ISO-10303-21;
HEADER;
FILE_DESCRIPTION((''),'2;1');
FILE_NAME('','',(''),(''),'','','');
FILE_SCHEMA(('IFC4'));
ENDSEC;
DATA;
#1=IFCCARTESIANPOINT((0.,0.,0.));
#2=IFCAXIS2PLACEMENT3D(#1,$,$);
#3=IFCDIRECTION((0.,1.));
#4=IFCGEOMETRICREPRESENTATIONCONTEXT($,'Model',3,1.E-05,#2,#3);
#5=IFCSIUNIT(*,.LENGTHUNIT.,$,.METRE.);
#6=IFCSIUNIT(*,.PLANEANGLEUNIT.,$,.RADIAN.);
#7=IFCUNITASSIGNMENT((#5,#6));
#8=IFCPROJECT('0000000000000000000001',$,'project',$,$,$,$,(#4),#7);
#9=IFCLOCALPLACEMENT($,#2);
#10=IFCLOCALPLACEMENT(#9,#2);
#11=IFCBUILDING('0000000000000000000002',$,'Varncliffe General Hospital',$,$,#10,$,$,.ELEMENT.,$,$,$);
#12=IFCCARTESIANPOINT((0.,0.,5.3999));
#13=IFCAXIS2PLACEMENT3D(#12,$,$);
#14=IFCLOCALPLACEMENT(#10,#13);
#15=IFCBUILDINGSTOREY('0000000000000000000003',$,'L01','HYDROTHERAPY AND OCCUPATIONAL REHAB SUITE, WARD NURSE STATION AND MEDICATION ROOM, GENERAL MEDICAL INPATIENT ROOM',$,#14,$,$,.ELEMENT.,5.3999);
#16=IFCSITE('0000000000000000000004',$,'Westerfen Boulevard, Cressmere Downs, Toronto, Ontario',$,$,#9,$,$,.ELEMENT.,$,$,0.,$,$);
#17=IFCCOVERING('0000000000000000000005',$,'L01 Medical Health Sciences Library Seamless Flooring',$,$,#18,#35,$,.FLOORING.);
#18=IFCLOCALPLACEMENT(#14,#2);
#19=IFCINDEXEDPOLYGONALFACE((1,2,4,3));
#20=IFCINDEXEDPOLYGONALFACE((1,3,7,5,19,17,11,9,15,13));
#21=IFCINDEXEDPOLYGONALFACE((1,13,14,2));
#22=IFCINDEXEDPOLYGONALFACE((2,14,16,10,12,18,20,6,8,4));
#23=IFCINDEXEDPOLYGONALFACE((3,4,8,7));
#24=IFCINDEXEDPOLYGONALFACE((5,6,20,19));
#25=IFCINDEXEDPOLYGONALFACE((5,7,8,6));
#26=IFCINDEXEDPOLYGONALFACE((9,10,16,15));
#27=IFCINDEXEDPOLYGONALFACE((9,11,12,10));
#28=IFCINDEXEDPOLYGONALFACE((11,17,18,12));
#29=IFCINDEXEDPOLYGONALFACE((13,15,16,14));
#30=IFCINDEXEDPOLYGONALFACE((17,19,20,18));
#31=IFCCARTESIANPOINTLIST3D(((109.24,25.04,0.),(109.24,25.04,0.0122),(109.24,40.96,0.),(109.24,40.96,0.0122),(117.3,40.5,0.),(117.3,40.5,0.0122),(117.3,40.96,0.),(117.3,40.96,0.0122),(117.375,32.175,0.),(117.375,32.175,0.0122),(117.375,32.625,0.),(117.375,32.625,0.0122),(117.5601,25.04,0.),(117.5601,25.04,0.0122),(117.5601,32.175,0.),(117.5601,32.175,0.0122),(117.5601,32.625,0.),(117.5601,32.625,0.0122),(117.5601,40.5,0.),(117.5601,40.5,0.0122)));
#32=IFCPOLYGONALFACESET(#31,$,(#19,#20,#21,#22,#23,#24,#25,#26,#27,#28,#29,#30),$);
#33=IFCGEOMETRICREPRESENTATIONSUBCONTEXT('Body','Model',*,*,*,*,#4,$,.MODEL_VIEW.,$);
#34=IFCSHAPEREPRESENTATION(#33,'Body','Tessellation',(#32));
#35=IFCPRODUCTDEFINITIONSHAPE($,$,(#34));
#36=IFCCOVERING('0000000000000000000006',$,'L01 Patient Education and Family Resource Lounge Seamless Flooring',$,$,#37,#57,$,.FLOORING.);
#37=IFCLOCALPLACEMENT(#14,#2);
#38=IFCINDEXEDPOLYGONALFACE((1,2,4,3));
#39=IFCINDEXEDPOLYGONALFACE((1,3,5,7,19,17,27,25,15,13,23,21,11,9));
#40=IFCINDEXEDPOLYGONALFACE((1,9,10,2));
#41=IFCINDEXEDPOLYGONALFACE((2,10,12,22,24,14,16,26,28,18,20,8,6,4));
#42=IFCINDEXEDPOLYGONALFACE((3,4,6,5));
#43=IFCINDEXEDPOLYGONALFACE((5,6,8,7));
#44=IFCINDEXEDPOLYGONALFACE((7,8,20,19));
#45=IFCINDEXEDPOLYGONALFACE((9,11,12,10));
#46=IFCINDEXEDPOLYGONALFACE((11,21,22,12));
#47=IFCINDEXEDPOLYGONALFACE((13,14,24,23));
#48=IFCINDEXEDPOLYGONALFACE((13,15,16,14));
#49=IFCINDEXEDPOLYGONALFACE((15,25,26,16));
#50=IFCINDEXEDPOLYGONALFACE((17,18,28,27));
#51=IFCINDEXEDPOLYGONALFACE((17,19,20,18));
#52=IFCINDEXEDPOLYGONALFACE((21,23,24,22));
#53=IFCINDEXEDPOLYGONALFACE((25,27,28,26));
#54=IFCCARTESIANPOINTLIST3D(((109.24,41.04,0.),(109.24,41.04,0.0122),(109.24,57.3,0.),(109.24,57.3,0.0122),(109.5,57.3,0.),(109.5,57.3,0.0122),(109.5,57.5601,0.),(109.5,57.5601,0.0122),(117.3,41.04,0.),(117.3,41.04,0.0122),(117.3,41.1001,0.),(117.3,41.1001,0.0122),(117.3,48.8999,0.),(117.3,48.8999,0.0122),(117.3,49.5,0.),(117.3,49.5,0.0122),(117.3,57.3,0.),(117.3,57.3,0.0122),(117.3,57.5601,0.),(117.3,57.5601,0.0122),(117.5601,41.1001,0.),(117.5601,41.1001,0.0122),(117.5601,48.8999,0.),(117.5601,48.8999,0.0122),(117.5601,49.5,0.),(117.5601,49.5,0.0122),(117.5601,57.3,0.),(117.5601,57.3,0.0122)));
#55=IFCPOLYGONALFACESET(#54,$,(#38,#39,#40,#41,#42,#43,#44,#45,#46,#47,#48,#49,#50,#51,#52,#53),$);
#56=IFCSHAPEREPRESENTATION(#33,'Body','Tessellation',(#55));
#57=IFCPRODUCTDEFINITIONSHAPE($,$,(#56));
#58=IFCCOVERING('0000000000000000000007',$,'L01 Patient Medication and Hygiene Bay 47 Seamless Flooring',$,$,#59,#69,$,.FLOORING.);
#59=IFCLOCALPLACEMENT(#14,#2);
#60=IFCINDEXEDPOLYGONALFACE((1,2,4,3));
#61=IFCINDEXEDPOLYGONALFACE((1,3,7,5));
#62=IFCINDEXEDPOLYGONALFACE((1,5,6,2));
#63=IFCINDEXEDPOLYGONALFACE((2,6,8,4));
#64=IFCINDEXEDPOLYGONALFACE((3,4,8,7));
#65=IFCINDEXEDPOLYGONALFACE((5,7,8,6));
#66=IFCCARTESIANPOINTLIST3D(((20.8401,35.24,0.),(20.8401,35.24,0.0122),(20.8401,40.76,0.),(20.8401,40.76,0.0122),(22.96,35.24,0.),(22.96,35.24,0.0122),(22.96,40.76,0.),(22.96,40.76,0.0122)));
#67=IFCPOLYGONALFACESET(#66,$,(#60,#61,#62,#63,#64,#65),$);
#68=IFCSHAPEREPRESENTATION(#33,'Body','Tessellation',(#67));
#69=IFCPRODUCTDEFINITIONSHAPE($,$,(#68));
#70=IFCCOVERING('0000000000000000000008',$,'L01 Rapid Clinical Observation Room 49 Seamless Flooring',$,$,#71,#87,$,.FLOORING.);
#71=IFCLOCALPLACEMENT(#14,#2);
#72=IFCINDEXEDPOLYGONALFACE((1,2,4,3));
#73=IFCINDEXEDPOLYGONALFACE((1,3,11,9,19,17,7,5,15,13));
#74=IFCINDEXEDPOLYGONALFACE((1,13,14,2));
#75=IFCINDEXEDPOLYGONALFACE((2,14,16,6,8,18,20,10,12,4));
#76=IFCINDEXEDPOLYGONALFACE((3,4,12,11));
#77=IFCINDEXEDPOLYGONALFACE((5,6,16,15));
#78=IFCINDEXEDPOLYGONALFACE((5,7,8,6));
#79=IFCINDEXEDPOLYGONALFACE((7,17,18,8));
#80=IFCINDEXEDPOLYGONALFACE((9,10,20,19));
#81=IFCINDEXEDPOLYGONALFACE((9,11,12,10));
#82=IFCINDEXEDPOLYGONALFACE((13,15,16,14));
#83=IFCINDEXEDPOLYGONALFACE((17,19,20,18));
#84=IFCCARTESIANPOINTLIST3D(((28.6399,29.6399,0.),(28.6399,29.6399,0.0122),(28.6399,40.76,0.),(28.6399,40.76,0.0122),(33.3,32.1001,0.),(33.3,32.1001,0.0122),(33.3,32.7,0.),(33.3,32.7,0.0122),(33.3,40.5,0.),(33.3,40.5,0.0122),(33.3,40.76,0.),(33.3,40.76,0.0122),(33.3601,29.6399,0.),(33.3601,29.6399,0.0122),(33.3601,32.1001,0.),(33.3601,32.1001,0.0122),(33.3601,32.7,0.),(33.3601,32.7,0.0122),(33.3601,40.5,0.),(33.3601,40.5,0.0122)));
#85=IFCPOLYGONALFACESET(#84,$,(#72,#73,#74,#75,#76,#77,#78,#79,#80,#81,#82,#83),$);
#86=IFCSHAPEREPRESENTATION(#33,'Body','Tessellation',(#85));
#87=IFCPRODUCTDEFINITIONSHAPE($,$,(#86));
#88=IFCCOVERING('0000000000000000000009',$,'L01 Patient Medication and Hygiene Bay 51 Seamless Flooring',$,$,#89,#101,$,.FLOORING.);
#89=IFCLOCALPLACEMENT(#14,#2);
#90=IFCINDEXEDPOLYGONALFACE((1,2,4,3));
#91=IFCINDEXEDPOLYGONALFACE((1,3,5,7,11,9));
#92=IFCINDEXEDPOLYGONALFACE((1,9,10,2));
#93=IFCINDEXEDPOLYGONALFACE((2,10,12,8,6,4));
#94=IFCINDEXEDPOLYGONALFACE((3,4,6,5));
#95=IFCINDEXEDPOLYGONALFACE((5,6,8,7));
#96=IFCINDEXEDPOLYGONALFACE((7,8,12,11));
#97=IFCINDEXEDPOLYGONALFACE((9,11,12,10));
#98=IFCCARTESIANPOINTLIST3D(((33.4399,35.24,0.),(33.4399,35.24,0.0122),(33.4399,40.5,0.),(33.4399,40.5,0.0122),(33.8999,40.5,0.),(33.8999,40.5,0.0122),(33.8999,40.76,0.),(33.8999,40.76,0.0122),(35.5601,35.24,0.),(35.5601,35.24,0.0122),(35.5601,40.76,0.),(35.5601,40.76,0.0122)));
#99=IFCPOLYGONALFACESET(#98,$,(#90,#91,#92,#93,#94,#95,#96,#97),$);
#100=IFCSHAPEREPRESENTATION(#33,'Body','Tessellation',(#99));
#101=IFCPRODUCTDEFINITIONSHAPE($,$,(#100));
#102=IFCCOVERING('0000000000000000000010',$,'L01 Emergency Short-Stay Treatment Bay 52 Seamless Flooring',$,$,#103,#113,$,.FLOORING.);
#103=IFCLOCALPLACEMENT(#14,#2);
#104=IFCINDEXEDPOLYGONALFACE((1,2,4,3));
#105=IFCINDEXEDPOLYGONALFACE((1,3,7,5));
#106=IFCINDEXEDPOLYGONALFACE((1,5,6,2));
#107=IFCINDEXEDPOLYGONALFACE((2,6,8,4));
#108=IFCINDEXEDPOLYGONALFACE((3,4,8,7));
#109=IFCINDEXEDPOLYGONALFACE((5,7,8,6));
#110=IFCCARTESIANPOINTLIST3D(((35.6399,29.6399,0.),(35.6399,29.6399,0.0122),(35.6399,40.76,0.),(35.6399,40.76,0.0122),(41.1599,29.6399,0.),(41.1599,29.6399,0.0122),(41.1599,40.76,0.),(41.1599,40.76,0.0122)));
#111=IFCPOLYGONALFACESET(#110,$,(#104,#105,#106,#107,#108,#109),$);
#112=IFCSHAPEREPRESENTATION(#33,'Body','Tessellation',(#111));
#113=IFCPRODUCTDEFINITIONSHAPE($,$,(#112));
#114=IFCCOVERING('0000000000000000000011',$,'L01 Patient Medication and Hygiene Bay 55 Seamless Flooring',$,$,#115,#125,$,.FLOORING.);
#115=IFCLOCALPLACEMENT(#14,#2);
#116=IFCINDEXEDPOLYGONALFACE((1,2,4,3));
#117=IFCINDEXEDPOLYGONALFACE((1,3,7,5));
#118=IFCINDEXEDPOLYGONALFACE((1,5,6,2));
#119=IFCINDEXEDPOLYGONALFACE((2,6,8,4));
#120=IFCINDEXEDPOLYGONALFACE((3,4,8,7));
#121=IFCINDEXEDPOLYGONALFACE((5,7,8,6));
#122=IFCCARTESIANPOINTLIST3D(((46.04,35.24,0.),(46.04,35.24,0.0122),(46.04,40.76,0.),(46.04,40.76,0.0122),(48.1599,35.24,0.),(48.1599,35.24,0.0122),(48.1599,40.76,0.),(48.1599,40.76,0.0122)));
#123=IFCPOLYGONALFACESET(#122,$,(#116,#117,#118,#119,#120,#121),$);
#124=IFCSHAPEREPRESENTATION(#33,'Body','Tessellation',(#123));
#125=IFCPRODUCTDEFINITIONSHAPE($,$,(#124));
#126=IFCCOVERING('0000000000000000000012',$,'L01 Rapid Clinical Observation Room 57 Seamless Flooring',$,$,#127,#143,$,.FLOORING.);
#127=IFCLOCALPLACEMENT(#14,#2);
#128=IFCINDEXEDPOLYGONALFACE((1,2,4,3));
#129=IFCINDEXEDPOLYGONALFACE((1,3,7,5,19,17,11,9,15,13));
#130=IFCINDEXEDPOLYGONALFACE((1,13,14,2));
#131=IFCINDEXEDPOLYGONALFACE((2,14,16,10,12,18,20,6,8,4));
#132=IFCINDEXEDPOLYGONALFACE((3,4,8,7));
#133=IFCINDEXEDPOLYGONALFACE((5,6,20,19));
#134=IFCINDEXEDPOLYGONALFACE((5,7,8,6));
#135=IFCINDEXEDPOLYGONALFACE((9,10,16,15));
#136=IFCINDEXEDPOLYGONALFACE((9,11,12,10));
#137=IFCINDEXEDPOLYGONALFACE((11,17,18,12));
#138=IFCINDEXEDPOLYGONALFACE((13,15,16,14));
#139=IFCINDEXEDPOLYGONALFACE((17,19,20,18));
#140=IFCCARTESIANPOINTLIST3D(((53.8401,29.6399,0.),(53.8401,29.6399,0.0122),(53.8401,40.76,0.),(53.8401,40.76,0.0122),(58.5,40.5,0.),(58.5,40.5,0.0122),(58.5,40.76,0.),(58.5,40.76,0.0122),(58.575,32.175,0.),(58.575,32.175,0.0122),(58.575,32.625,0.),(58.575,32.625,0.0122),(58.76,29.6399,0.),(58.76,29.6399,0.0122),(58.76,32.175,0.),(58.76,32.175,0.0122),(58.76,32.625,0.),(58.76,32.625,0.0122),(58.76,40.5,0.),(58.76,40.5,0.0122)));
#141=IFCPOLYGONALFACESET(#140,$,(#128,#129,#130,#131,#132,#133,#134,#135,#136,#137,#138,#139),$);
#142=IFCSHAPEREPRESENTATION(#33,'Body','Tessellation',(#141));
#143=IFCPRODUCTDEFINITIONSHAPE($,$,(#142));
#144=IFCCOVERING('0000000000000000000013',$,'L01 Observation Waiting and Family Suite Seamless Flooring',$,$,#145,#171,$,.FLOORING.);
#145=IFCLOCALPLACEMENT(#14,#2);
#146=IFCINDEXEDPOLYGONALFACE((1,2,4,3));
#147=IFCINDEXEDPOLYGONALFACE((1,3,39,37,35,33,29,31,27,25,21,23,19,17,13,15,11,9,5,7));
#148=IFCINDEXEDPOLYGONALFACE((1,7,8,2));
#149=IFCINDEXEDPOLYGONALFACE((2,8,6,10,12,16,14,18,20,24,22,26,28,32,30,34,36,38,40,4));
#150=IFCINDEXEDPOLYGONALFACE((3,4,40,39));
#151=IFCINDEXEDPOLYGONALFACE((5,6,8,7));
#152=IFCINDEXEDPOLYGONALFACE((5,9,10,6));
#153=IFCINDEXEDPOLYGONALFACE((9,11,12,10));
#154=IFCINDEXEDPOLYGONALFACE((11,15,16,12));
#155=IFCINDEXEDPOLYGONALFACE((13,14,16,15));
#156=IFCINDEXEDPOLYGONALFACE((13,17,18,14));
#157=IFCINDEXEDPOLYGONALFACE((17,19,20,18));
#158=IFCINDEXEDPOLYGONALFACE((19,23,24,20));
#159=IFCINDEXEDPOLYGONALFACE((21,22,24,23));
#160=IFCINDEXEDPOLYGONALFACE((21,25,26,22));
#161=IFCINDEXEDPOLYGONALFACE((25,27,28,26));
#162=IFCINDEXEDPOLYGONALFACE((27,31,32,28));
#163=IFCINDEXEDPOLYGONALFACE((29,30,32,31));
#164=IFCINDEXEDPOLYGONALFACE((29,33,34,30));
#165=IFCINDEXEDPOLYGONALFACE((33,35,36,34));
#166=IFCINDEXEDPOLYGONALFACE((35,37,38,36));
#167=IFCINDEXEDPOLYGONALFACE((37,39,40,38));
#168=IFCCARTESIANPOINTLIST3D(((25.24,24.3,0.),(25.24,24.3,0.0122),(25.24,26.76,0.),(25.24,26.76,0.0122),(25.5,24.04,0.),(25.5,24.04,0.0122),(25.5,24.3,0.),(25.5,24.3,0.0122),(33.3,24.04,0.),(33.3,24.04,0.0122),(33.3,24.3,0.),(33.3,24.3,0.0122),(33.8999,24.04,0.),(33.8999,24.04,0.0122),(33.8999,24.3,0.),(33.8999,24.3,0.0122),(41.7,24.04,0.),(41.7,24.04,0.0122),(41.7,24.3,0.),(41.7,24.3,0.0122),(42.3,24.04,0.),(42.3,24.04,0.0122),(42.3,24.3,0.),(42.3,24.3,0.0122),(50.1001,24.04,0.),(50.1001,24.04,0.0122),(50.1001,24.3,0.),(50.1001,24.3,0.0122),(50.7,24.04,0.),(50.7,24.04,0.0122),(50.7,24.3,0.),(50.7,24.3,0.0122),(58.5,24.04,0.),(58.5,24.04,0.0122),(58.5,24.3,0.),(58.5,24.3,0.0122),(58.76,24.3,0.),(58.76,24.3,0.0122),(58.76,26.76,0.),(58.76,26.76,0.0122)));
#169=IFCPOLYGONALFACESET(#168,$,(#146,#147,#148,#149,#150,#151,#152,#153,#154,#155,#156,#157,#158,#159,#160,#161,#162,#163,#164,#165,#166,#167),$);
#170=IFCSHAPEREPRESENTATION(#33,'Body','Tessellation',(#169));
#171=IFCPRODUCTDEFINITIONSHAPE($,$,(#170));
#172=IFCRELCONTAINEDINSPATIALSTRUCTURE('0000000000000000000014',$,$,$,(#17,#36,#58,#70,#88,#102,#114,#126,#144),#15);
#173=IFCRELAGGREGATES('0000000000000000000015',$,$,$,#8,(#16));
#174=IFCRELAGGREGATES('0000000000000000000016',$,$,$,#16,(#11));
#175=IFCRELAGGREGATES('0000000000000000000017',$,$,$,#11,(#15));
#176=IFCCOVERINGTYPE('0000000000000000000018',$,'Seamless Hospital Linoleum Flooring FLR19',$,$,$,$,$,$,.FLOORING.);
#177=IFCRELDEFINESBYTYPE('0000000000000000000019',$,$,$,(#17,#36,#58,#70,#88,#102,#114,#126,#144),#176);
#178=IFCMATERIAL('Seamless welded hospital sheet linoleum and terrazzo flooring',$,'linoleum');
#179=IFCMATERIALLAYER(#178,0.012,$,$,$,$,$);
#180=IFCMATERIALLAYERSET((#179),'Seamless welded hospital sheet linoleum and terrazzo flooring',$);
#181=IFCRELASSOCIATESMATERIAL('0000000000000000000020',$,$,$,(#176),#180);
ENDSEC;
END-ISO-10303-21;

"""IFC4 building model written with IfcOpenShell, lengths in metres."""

from ifc_helpers import new_model, si_unit, direction, frame, origin, place, context, subcontext, project, spatial, polyline, outline, extrude, material, layer, layer_set, type_object, element, save


model = new_model("IFC4")

# Units and contexts
model_context = context("Model", 3, precision=1e-05, world=origin(), true_north=direction((0.0, 1.0)))
body_context = subcontext(model_context, "Body", "Model", "MODEL_VIEW")
ifc_project = project(units=[si_unit("LENGTHUNIT", "METRE"), si_unit("PLANEANGLEUNIT", "RADIAN")], contexts=[model_context])

# Site, building, storey
site_placement = place(None, origin())
site = spatial("IfcSite", under=ifc_project, at=site_placement, Name="Westerfen Boulevard, Cressmere Downs, Toronto, Ontario", CompositionType="ELEMENT", RefElevation=0.0)
building_placement = place(site_placement, origin())
building = spatial("IfcBuilding", under=site, at=building_placement, Name="Varncliffe General Hospital", CompositionType="ELEMENT")
storey_placement = place(building_placement, frame((0.0, 0.0, 5.3999)))
storey = spatial("IfcBuildingStorey", under=building, at=storey_placement, Name="L01", Description="HYDROTHERAPY AND OCCUPATIONAL REHAB SUITE, WARD NURSE STATION AND MEDICATION ROOM, GENERAL MEDICAL INPATIENT ROOM", CompositionType="ELEMENT", Elevation=5.3999)

# Coverings
ifc_material_1 = material(Name="Seamless welded hospital sheet linoleum and terrazzo flooring", Category="linoleum")
ifc_layer_1 = layer(ifc_material_1, 0.012)
ifc_layer_set_1 = layer_set([ifc_layer_1], Name="Seamless welded hospital sheet linoleum and terrazzo flooring")
covering_type_1 = type_object("IfcCoveringType", Name="Seamless Hospital Linoleum Flooring FLR19", PredefinedType="FLOORING", material=ifc_layer_set_1)
covering_1_placement = place(storey_placement, origin())
element("IfcCovering", 1, at=covering_1_placement, inside=storey, type_object=covering_type_1, Name="L01 Medical Health Sciences Library Seamless Flooring", PredefinedType="FLOORING", context=body_context, shape_type="SweptSolid", body=[
    extrude(outline(polyline([(109.24, 25.04), (109.24, 40.96), (117.3, 40.96), (117.3, 40.5), (117.5601, 40.5), (117.5601, 32.625), (117.375, 32.625), (117.375, 32.175), (117.5601, 32.175), (117.5601, 25.04), (109.24, 25.04)])), origin(), (0.0, 0.0, 1.0), 0.0122),
])
covering_2_placement = place(storey_placement, origin())
element("IfcCovering", 2, at=covering_2_placement, inside=storey, type_object=covering_type_1, Name="L01 Patient Education and Family Resource Lounge Seamless Flooring", PredefinedType="FLOORING", context=body_context, shape_type="SweptSolid", body=[
    extrude(outline(polyline([(117.3, 41.04), (109.24, 41.04), (109.24, 57.3), (109.5, 57.3), (109.5, 57.5601), (117.3, 57.5601), (117.3, 57.3), (117.5601, 57.3), (117.5601, 49.5), (117.3, 49.5), (117.3, 48.8999), (117.5601, 48.8999), (117.5601, 41.1001), (117.3, 41.1001), (117.3, 41.04)])), origin(), (0.0, 0.0, 1.0), 0.0122),
])
covering_3_placement = place(storey_placement, origin())
element("IfcCovering", 3, at=covering_3_placement, inside=storey, type_object=covering_type_1, Name="L01 Patient Medication and Hygiene Bay 47 Seamless Flooring", PredefinedType="FLOORING", context=body_context, shape_type="SweptSolid", body=[
    extrude(outline(polyline([(22.96, 35.24), (22.96, 40.76), (20.8401, 40.76), (20.8401, 35.24), (22.96, 35.24)])), origin(), (0.0, 0.0, 1.0), 0.0122),
])
covering_4_placement = place(storey_placement, origin())
element("IfcCovering", 4, at=covering_4_placement, inside=storey, type_object=covering_type_1, Name="L01 Rapid Clinical Observation Room 49 Seamless Flooring", PredefinedType="FLOORING", context=body_context, shape_type="SweptSolid", body=[
    extrude(outline(polyline([(28.6399, 29.6399), (28.6399, 40.76), (33.3, 40.76), (33.3, 40.5), (33.3601, 40.5), (33.3601, 32.7), (33.3, 32.7), (33.3, 32.1001), (33.3601, 32.1001), (33.3601, 29.6399), (28.6399, 29.6399)])), origin(), (0.0, 0.0, 1.0), 0.0122),
])
covering_5_placement = place(storey_placement, origin())
element("IfcCovering", 5, at=covering_5_placement, inside=storey, type_object=covering_type_1, Name="L01 Patient Medication and Hygiene Bay 51 Seamless Flooring", PredefinedType="FLOORING", context=body_context, shape_type="SweptSolid", body=[
    extrude(outline(polyline([(35.5601, 40.76), (35.5601, 35.24), (33.4399, 35.24), (33.4399, 40.5), (33.8999, 40.5), (33.8999, 40.76), (35.5601, 40.76)])), origin(), (0.0, 0.0, 1.0), 0.0122),
])
covering_6_placement = place(storey_placement, origin())
element("IfcCovering", 6, at=covering_6_placement, inside=storey, type_object=covering_type_1, Name="L01 Emergency Short-Stay Treatment Bay 52 Seamless Flooring", PredefinedType="FLOORING", context=body_context, shape_type="SweptSolid", body=[
    extrude(outline(polyline([(41.1599, 29.6399), (41.1599, 40.76), (35.6399, 40.76), (35.6399, 29.6399), (41.1599, 29.6399)])), origin(), (0.0, 0.0, 1.0), 0.0122),
])
covering_7_placement = place(storey_placement, origin())
element("IfcCovering", 7, at=covering_7_placement, inside=storey, type_object=covering_type_1, Name="L01 Patient Medication and Hygiene Bay 55 Seamless Flooring", PredefinedType="FLOORING", context=body_context, shape_type="SweptSolid", body=[
    extrude(outline(polyline([(48.1599, 35.24), (48.1599, 40.76), (46.04, 40.76), (46.04, 35.24), (48.1599, 35.24)])), origin(), (0.0, 0.0, 1.0), 0.0122),
])
covering_8_placement = place(storey_placement, origin())
element("IfcCovering", 8, at=covering_8_placement, inside=storey, type_object=covering_type_1, Name="L01 Rapid Clinical Observation Room 57 Seamless Flooring", PredefinedType="FLOORING", context=body_context, shape_type="SweptSolid", body=[
    extrude(outline(polyline([(53.8401, 29.6399), (53.8401, 40.76), (58.5, 40.76), (58.5, 40.5), (58.76, 40.5), (58.76, 32.625), (58.575, 32.625), (58.575, 32.175), (58.76, 32.175), (58.76, 29.6399), (53.8401, 29.6399)])), origin(), (0.0, 0.0, 1.0), 0.0122),
])
covering_9_placement = place(storey_placement, origin())
element("IfcCovering", 9, at=covering_9_placement, inside=storey, type_object=covering_type_1, Name="L01 Observation Waiting and Family Suite Seamless Flooring", PredefinedType="FLOORING", context=body_context, shape_type="SweptSolid", body=[
    extrude(outline(polyline([(50.7, 24.3), (50.1001, 24.3), (50.1001, 24.04), (42.3, 24.04), (42.3, 24.3), (41.7, 24.3), (41.7, 24.04), (33.8999, 24.04), (33.8999, 24.3), (33.3, 24.3), (33.3, 24.04), (25.5, 24.04), (25.5, 24.3), (25.24, 24.3), (25.24, 26.76), (58.76, 26.76), (58.76, 24.3), (58.5, 24.3), (58.5, 24.04), (50.7, 24.04), (50.7, 24.3)])), origin(), (0.0, 0.0, 1.0), 0.0122),
])

save(model, "model.ifc")
